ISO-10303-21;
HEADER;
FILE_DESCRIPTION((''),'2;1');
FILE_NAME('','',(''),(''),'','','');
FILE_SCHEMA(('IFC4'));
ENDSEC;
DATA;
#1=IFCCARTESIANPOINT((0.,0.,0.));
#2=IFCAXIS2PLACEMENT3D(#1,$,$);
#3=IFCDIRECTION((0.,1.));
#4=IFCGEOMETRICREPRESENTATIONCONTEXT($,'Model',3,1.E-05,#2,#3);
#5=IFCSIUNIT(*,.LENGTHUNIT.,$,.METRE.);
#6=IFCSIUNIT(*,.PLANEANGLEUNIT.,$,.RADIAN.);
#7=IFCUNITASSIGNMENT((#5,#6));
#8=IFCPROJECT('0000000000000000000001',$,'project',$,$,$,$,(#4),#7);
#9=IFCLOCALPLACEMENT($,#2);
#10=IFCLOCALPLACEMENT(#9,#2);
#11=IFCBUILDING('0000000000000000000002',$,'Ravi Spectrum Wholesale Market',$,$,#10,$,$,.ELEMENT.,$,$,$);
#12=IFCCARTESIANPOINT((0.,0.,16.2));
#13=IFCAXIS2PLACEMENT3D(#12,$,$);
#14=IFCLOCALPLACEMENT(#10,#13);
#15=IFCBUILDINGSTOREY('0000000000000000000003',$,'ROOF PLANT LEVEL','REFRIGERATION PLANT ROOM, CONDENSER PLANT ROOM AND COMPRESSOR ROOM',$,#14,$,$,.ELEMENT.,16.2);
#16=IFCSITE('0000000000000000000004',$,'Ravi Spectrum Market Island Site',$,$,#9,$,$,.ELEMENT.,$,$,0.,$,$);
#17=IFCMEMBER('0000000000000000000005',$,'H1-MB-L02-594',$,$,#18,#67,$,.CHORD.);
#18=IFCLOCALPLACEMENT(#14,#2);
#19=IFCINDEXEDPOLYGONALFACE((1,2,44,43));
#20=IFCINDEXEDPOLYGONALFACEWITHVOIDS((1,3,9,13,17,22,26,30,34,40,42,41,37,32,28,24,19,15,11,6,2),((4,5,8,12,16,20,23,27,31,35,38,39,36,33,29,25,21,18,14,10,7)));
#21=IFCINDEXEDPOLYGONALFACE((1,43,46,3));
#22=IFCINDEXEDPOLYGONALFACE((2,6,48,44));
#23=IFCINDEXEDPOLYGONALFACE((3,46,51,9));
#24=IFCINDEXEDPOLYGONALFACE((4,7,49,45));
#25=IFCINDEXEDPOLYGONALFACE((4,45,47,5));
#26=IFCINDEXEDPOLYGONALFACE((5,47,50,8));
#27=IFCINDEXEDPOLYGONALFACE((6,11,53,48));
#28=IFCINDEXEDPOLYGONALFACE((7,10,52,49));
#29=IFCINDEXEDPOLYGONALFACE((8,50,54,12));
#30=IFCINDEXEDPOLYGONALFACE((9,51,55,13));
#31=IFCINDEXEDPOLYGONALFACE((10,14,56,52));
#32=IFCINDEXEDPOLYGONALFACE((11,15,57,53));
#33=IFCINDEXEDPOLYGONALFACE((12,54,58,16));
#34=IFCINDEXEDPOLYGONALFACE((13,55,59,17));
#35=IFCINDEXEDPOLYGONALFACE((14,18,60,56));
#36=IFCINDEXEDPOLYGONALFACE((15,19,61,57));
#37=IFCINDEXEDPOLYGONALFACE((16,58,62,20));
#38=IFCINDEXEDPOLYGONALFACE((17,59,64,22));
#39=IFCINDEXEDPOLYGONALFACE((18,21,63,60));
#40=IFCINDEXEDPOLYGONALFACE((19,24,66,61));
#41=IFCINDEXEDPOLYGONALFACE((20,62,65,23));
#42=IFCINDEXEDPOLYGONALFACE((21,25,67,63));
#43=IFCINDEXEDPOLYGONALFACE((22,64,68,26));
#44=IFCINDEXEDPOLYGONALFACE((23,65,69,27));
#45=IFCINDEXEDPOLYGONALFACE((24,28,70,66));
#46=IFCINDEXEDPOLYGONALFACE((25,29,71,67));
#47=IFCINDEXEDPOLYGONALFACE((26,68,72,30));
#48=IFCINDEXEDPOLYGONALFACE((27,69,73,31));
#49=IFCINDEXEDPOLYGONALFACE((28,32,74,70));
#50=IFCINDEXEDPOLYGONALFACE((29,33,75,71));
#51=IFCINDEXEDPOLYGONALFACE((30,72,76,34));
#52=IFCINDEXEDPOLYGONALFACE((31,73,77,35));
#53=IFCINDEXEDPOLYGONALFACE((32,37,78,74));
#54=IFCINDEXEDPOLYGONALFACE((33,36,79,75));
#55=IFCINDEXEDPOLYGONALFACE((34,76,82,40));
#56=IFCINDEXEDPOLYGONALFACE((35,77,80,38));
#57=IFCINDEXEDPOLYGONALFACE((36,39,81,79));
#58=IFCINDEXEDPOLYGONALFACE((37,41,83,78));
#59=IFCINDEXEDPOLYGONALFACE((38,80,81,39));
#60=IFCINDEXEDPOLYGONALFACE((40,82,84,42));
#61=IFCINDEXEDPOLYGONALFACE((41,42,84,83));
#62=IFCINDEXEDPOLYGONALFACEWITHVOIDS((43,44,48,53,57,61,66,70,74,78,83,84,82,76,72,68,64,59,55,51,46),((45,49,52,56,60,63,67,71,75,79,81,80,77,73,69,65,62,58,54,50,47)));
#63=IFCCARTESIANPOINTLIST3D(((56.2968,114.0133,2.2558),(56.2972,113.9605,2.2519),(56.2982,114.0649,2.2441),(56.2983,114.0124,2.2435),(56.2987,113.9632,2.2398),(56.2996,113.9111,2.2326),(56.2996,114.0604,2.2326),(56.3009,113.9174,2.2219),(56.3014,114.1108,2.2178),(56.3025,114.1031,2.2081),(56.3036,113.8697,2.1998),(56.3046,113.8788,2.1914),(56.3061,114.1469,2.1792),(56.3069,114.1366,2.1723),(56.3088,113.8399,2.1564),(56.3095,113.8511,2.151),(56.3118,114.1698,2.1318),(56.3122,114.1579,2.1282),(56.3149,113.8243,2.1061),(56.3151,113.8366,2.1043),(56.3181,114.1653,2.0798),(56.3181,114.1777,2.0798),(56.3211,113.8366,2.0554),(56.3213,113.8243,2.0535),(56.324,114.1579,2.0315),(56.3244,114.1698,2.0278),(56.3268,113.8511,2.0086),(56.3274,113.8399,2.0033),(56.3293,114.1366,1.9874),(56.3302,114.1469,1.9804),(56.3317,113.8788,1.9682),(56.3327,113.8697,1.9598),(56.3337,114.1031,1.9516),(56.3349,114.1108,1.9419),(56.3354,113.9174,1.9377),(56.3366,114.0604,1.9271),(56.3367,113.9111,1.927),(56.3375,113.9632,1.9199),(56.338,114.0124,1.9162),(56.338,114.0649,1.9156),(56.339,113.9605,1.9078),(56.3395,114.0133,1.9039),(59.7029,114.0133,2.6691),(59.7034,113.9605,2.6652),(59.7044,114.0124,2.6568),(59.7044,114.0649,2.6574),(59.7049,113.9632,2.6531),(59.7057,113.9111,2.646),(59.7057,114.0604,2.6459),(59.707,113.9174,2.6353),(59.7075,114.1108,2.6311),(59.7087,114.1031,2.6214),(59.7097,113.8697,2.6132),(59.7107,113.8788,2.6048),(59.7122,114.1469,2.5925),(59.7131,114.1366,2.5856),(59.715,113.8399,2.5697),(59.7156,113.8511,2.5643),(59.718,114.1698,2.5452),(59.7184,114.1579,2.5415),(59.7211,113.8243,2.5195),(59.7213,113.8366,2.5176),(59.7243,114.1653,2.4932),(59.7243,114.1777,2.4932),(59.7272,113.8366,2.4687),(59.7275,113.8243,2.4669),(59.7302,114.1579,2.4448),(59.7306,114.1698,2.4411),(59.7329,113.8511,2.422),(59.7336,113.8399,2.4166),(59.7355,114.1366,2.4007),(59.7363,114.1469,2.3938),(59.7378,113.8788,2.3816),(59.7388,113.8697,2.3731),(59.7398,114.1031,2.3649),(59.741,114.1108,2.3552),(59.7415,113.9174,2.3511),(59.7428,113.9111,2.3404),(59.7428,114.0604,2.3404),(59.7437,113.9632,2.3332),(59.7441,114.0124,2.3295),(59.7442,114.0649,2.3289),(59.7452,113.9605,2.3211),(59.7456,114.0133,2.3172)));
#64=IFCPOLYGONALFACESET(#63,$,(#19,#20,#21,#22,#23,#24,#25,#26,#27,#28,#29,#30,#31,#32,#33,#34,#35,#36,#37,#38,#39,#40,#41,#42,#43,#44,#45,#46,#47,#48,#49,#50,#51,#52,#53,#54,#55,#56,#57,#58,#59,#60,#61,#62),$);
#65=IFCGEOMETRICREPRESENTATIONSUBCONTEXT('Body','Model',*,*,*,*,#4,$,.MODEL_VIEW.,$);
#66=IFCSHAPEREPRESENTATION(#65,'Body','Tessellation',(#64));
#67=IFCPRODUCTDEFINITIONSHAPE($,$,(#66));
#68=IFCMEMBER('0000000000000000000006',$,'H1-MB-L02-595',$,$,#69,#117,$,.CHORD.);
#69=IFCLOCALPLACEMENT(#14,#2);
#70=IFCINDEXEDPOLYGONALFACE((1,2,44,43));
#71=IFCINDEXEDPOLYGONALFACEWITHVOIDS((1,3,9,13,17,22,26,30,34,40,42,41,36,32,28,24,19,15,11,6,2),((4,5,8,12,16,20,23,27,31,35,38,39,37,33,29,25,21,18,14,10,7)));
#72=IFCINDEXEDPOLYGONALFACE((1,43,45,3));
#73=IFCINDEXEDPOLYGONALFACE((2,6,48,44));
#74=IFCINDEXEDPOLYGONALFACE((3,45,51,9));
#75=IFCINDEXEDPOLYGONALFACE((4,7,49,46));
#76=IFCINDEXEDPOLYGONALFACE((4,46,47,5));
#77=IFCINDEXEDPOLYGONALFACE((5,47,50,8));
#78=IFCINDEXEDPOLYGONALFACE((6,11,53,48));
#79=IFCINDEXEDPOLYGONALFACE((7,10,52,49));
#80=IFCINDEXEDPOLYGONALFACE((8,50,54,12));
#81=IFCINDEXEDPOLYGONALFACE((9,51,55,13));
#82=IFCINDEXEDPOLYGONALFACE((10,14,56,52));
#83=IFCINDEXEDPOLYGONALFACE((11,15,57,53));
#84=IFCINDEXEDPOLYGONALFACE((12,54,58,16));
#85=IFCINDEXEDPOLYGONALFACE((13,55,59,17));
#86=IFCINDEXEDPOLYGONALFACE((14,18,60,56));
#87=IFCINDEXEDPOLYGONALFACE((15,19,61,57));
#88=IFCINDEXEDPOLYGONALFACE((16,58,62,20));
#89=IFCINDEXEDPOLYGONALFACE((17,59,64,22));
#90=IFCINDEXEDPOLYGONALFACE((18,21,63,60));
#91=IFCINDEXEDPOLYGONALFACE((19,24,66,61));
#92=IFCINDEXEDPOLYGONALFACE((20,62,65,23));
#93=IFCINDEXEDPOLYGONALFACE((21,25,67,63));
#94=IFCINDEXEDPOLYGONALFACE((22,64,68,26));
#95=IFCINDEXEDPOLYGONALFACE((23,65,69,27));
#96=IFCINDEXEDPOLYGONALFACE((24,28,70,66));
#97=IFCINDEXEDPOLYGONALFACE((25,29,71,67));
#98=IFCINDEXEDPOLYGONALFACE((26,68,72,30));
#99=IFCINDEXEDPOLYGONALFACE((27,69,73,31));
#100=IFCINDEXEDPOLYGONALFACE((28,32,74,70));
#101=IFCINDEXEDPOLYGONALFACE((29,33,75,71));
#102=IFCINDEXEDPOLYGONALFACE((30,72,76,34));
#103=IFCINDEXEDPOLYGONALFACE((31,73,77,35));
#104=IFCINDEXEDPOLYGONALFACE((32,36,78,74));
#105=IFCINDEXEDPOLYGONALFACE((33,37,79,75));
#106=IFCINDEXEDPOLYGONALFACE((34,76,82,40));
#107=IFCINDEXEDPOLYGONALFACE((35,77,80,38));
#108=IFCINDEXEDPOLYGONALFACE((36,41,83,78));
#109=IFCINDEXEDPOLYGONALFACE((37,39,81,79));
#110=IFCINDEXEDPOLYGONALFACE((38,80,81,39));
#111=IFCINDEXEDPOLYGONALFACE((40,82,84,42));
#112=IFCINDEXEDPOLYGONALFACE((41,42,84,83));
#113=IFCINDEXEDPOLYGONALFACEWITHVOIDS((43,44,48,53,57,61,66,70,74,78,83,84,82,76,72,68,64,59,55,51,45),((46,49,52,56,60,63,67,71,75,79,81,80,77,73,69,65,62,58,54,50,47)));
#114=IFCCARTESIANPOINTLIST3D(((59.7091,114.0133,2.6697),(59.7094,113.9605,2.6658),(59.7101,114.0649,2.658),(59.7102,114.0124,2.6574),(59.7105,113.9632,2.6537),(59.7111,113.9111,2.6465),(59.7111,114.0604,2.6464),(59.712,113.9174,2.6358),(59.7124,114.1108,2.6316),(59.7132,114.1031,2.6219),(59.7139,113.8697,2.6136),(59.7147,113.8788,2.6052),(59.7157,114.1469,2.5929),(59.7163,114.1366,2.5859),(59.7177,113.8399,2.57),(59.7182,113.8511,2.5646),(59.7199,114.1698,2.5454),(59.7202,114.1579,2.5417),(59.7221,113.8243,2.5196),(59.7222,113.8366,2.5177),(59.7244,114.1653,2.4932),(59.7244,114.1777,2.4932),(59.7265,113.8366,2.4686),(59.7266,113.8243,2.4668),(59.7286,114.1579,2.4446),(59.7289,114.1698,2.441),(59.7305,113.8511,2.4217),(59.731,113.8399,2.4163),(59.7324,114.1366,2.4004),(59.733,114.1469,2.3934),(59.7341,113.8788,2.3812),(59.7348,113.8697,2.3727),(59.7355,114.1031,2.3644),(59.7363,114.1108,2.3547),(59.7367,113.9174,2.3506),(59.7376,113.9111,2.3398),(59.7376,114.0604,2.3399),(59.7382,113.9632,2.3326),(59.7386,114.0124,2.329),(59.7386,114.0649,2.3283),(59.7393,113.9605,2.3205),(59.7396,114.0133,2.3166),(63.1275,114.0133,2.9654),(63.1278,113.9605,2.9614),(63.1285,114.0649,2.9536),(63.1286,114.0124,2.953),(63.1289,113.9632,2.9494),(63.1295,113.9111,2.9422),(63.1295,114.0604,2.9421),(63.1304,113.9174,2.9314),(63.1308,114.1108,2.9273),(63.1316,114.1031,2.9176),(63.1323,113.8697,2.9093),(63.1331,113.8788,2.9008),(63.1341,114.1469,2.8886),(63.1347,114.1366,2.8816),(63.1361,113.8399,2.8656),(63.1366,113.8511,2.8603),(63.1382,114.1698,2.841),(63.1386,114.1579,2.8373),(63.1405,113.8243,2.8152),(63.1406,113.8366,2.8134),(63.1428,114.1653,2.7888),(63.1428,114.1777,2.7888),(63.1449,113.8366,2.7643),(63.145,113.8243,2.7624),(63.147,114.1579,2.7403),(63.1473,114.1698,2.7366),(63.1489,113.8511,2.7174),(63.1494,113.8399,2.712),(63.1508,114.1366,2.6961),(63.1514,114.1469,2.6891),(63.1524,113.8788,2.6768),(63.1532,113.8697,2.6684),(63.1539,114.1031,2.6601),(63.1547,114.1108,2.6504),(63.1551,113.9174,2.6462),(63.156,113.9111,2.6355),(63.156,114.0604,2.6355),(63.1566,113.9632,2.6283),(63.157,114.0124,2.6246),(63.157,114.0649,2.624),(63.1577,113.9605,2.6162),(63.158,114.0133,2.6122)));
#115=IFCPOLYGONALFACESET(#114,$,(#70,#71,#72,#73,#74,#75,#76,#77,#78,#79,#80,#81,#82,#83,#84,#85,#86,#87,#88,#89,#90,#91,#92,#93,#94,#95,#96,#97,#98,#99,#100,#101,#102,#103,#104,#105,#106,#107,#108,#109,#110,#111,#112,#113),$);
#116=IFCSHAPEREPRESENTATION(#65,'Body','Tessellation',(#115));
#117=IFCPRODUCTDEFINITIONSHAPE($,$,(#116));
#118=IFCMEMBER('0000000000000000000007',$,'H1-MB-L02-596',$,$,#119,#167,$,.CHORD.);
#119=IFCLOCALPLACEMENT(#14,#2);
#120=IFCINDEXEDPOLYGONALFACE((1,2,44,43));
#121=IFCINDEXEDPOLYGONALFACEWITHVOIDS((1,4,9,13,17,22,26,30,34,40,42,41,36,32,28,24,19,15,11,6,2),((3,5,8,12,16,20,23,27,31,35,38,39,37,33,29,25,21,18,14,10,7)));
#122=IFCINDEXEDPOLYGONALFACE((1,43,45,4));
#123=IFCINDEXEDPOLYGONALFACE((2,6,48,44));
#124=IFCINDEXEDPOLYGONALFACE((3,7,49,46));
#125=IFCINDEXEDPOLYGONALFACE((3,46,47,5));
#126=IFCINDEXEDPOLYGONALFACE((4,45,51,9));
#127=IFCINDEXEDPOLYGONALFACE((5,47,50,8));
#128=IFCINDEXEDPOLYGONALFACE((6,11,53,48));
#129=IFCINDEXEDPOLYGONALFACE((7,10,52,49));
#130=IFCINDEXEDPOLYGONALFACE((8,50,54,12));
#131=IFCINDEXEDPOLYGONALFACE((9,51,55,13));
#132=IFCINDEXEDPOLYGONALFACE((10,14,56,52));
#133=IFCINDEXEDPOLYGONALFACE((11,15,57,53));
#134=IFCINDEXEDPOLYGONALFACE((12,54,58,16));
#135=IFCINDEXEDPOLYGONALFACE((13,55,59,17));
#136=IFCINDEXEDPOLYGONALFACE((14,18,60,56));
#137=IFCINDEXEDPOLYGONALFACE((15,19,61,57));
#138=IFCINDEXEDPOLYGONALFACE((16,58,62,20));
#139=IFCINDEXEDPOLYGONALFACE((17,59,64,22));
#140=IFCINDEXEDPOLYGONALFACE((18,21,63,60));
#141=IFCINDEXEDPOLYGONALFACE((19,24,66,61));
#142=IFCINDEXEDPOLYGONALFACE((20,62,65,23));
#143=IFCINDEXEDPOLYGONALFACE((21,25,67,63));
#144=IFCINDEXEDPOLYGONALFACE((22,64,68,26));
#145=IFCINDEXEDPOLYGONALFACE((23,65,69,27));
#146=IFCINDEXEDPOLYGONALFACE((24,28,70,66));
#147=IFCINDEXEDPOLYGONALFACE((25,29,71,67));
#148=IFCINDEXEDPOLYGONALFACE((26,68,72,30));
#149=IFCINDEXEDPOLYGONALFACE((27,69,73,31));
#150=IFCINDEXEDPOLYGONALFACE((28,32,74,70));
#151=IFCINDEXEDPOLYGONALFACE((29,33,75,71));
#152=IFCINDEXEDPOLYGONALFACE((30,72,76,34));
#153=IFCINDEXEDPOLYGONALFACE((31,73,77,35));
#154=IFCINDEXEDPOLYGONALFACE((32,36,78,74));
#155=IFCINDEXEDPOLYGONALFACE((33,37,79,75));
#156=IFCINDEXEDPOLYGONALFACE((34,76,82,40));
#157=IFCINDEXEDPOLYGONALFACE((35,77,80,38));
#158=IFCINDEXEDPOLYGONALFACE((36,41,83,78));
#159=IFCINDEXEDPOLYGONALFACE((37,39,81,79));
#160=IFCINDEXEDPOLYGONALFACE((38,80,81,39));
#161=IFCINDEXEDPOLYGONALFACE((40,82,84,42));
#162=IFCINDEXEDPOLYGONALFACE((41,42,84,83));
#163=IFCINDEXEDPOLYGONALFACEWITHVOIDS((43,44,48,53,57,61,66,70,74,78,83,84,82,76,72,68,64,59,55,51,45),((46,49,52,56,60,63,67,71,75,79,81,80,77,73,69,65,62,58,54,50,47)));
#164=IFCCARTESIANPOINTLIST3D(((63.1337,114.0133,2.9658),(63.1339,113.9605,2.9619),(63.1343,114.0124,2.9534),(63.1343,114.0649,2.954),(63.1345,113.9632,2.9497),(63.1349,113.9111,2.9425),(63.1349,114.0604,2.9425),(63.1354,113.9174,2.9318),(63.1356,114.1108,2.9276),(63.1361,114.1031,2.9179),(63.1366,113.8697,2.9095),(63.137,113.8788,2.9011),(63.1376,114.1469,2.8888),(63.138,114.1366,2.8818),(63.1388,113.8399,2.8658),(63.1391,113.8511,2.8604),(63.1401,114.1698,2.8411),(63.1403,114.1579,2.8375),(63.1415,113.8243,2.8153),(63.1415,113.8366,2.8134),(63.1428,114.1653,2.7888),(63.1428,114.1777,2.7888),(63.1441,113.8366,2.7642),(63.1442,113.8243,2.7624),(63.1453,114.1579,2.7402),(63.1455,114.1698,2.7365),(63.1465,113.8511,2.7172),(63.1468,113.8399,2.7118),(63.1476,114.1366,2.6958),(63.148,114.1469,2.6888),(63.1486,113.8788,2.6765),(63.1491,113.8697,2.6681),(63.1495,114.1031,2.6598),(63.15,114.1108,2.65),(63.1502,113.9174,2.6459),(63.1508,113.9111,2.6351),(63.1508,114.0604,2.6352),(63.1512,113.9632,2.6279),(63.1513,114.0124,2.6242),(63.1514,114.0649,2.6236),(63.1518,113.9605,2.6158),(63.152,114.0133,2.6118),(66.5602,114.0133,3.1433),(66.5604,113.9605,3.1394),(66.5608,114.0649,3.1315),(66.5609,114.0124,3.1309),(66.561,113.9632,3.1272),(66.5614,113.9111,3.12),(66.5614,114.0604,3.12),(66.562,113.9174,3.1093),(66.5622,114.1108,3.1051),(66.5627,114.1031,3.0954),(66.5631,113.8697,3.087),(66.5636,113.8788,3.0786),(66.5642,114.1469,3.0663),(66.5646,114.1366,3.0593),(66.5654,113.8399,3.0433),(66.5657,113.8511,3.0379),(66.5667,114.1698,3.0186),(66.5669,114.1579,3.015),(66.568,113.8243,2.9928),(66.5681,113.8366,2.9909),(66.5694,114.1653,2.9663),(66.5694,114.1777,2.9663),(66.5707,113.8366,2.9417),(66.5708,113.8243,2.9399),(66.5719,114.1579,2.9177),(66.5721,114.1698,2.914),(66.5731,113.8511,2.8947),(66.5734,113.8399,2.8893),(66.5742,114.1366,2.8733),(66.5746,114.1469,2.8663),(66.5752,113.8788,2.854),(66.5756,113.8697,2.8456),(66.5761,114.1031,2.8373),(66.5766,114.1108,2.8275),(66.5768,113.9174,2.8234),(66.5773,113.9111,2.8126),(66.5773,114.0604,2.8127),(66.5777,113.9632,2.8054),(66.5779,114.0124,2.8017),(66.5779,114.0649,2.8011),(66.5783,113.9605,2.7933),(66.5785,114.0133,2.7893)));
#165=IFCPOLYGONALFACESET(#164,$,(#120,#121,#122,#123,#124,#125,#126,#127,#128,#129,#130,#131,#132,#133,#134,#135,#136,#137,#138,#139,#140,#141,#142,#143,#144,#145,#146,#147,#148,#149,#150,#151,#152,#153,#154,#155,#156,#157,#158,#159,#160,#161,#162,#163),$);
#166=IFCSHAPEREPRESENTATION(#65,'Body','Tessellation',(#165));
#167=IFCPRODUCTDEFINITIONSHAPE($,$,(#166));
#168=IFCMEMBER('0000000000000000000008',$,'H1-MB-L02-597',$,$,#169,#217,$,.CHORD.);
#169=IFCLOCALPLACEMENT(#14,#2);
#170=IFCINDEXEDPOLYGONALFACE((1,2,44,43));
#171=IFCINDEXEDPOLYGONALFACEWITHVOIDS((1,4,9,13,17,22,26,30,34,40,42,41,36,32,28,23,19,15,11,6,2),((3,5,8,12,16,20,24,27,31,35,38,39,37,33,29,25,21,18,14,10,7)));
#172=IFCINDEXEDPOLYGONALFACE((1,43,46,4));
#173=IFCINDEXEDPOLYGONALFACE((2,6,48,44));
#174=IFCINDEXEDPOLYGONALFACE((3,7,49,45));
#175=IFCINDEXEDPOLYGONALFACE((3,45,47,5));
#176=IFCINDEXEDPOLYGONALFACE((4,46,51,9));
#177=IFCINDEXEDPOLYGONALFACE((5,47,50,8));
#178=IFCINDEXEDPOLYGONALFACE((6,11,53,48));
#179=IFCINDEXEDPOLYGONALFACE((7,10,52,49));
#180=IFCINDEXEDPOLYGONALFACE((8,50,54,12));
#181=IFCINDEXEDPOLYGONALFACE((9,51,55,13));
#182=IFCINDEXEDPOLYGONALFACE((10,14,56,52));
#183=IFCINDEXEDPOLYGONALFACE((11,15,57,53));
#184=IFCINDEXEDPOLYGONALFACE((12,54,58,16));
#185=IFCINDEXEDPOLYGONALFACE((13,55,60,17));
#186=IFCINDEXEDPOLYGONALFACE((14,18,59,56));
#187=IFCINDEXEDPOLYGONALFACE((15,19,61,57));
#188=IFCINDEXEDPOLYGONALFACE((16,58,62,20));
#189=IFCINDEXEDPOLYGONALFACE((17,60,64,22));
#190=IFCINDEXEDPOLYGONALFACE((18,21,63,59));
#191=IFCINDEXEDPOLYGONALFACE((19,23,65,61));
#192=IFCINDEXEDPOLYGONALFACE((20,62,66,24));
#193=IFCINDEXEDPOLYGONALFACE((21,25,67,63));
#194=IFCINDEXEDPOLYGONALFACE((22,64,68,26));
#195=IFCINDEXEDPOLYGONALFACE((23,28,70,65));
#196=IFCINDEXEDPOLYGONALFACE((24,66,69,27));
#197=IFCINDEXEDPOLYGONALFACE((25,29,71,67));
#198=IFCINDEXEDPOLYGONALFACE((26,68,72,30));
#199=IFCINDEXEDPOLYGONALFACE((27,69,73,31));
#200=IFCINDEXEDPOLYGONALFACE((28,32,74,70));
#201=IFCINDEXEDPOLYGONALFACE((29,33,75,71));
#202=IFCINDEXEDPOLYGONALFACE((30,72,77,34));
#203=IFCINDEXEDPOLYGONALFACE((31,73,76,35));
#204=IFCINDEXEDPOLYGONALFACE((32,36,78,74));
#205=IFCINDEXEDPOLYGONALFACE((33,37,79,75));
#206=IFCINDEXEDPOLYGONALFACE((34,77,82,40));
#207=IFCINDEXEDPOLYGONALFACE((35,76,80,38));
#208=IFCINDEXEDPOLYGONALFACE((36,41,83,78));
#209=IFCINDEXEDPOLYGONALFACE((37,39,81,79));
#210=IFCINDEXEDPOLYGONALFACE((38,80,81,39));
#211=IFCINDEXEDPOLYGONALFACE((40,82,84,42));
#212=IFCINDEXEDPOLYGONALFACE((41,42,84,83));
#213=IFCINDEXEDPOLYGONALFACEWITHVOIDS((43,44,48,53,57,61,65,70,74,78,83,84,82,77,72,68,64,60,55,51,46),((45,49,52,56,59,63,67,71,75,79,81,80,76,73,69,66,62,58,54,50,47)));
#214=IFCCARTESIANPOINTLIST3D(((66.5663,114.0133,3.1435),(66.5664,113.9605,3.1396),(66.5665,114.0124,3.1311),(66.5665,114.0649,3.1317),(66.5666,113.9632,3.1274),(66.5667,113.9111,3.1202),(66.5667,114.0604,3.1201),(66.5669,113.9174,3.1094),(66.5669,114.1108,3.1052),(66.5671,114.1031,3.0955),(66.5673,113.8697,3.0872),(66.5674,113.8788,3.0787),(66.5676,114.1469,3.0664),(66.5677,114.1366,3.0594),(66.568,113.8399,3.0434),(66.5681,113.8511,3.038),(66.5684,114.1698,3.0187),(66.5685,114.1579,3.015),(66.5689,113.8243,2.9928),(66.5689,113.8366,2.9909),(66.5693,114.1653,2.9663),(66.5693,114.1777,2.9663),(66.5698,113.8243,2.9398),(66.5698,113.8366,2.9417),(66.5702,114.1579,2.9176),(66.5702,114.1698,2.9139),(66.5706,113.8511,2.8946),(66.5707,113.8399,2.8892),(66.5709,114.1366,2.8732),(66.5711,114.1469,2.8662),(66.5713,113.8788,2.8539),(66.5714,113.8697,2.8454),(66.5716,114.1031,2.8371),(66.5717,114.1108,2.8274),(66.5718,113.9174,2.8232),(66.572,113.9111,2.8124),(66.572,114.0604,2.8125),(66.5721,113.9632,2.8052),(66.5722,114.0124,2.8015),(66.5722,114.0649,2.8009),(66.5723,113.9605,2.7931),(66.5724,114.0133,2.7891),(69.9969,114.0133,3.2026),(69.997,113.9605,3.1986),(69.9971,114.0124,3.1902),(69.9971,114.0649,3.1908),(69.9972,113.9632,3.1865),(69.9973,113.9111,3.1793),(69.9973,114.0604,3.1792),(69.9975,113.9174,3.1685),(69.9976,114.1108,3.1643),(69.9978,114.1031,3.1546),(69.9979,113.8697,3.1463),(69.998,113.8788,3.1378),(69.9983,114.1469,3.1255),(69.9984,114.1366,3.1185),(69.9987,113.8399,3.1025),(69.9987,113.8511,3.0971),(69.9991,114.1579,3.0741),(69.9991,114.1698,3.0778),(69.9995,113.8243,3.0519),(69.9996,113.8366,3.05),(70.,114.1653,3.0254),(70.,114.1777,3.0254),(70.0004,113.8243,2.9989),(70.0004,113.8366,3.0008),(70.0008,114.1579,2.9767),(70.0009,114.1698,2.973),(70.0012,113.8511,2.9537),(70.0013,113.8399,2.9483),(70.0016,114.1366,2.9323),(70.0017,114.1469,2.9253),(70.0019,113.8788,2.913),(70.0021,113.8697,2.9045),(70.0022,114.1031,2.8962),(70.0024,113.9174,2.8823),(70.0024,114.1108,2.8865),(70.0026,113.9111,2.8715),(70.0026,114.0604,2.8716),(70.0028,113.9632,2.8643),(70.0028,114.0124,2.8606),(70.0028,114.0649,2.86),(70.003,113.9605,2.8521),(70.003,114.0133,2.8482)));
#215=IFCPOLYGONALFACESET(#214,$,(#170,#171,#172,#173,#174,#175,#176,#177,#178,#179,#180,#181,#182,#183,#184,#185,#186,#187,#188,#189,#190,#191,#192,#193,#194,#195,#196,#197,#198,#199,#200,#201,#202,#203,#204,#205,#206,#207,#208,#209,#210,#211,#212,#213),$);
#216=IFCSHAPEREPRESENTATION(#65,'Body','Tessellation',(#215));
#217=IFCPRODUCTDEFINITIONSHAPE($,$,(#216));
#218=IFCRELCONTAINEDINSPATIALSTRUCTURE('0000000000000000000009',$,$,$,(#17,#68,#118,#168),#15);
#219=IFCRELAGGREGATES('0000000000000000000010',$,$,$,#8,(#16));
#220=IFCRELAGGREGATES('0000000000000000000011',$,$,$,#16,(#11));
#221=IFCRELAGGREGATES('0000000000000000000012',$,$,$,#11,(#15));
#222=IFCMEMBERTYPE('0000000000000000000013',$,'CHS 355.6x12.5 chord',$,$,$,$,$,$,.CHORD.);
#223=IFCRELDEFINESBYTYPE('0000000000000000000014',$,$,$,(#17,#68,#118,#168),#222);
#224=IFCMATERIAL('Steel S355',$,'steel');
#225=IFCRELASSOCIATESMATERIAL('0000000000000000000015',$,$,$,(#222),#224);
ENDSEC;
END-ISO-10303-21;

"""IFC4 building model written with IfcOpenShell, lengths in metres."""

from ifc_helpers import new_model, si_unit, direction, frame, origin, origin_2d, place, context, subcontext, project, spatial, hollow_circle, extrude, material, material_profile, profile_set, type_object, element, save


model = new_model("IFC4")

# Units and contexts
model_context = context("Model", 3, precision=1e-05, world=origin(), true_north=direction((0.0, 1.0)))
body_context = subcontext(model_context, "Body", "Model", "MODEL_VIEW")
ifc_project = project(units=[si_unit("LENGTHUNIT", "METRE"), si_unit("PLANEANGLEUNIT", "RADIAN")], contexts=[model_context])

# Site, building, storey
site_placement = place(None, origin())
site = spatial("IfcSite", under=ifc_project, at=site_placement, Name="Ravi Spectrum Market Island Site", CompositionType="ELEMENT", RefElevation=0.0)
building_placement = place(site_placement, origin())
building = spatial("IfcBuilding", under=site, at=building_placement, Name="Ravi Spectrum Wholesale Market", CompositionType="ELEMENT")
storey_placement = place(building_placement, frame((0.0, 0.0, 16.2)))
storey = spatial("IfcBuildingStorey", under=building, at=storey_placement, Name="ROOF PLANT LEVEL", Description="REFRIGERATION PLANT ROOM, CONDENSER PLANT ROOM AND COMPRESSOR ROOM", CompositionType="ELEMENT", Elevation=16.2)

# Members
ifc_material_1 = material(Name="Steel S355", Category="steel")
ifc_material_profile_1 = material_profile(ifc_material_1, hollow_circle(Radius=0.1777, WallThickness=0.0125, at=origin_2d()))
ifc_profile_set_1 = profile_set([ifc_material_profile_1], Name="Steel S355")
member_type_1 = type_object("IfcMemberType", Name="CHS 355.6x12.5 chord", PredefinedType="CHORD", material=ifc_profile_set_1)
for number, where, z_axis, x_axis, name in (
    (1, (56.3181, 114.0, 2.0798), (0.992718, 0.0, 0.120461), (0.0, 1.0, 0.0), "H1-MB-L02-594"),
    (2, (59.7244, 114.0, 2.4932), (0.996281, 0.0, 0.086166), (0.0, 1.0, 0.0), "H1-MB-L02-595"),
    (3, (63.1428, 114.0, 2.7888), (0.998661, 0.0, 0.05173), (0.0, 1.0, 0.0), "H1-MB-L02-596"),
    (4, (66.5693, 114.0, 2.9663), (0.999852, 0.0, 0.017219), (0.0, 1.0, 0.0), "H1-MB-L02-597"),
):
    element("IfcMember", number, at=place(storey_placement, frame(where, z_axis=z_axis, x_axis=x_axis)), inside=storey, type_object=member_type_1, Name=name, PredefinedType="CHORD", context=body_context, shape_type="SweptSolid", body=[
        extrude(hollow_circle(Radius=0.1777, WallThickness=0.0125, at=origin_2d()), origin(), (0.0, 0.0, 1.0), 3.4312),
    ])

save(model, "model.ifc")
